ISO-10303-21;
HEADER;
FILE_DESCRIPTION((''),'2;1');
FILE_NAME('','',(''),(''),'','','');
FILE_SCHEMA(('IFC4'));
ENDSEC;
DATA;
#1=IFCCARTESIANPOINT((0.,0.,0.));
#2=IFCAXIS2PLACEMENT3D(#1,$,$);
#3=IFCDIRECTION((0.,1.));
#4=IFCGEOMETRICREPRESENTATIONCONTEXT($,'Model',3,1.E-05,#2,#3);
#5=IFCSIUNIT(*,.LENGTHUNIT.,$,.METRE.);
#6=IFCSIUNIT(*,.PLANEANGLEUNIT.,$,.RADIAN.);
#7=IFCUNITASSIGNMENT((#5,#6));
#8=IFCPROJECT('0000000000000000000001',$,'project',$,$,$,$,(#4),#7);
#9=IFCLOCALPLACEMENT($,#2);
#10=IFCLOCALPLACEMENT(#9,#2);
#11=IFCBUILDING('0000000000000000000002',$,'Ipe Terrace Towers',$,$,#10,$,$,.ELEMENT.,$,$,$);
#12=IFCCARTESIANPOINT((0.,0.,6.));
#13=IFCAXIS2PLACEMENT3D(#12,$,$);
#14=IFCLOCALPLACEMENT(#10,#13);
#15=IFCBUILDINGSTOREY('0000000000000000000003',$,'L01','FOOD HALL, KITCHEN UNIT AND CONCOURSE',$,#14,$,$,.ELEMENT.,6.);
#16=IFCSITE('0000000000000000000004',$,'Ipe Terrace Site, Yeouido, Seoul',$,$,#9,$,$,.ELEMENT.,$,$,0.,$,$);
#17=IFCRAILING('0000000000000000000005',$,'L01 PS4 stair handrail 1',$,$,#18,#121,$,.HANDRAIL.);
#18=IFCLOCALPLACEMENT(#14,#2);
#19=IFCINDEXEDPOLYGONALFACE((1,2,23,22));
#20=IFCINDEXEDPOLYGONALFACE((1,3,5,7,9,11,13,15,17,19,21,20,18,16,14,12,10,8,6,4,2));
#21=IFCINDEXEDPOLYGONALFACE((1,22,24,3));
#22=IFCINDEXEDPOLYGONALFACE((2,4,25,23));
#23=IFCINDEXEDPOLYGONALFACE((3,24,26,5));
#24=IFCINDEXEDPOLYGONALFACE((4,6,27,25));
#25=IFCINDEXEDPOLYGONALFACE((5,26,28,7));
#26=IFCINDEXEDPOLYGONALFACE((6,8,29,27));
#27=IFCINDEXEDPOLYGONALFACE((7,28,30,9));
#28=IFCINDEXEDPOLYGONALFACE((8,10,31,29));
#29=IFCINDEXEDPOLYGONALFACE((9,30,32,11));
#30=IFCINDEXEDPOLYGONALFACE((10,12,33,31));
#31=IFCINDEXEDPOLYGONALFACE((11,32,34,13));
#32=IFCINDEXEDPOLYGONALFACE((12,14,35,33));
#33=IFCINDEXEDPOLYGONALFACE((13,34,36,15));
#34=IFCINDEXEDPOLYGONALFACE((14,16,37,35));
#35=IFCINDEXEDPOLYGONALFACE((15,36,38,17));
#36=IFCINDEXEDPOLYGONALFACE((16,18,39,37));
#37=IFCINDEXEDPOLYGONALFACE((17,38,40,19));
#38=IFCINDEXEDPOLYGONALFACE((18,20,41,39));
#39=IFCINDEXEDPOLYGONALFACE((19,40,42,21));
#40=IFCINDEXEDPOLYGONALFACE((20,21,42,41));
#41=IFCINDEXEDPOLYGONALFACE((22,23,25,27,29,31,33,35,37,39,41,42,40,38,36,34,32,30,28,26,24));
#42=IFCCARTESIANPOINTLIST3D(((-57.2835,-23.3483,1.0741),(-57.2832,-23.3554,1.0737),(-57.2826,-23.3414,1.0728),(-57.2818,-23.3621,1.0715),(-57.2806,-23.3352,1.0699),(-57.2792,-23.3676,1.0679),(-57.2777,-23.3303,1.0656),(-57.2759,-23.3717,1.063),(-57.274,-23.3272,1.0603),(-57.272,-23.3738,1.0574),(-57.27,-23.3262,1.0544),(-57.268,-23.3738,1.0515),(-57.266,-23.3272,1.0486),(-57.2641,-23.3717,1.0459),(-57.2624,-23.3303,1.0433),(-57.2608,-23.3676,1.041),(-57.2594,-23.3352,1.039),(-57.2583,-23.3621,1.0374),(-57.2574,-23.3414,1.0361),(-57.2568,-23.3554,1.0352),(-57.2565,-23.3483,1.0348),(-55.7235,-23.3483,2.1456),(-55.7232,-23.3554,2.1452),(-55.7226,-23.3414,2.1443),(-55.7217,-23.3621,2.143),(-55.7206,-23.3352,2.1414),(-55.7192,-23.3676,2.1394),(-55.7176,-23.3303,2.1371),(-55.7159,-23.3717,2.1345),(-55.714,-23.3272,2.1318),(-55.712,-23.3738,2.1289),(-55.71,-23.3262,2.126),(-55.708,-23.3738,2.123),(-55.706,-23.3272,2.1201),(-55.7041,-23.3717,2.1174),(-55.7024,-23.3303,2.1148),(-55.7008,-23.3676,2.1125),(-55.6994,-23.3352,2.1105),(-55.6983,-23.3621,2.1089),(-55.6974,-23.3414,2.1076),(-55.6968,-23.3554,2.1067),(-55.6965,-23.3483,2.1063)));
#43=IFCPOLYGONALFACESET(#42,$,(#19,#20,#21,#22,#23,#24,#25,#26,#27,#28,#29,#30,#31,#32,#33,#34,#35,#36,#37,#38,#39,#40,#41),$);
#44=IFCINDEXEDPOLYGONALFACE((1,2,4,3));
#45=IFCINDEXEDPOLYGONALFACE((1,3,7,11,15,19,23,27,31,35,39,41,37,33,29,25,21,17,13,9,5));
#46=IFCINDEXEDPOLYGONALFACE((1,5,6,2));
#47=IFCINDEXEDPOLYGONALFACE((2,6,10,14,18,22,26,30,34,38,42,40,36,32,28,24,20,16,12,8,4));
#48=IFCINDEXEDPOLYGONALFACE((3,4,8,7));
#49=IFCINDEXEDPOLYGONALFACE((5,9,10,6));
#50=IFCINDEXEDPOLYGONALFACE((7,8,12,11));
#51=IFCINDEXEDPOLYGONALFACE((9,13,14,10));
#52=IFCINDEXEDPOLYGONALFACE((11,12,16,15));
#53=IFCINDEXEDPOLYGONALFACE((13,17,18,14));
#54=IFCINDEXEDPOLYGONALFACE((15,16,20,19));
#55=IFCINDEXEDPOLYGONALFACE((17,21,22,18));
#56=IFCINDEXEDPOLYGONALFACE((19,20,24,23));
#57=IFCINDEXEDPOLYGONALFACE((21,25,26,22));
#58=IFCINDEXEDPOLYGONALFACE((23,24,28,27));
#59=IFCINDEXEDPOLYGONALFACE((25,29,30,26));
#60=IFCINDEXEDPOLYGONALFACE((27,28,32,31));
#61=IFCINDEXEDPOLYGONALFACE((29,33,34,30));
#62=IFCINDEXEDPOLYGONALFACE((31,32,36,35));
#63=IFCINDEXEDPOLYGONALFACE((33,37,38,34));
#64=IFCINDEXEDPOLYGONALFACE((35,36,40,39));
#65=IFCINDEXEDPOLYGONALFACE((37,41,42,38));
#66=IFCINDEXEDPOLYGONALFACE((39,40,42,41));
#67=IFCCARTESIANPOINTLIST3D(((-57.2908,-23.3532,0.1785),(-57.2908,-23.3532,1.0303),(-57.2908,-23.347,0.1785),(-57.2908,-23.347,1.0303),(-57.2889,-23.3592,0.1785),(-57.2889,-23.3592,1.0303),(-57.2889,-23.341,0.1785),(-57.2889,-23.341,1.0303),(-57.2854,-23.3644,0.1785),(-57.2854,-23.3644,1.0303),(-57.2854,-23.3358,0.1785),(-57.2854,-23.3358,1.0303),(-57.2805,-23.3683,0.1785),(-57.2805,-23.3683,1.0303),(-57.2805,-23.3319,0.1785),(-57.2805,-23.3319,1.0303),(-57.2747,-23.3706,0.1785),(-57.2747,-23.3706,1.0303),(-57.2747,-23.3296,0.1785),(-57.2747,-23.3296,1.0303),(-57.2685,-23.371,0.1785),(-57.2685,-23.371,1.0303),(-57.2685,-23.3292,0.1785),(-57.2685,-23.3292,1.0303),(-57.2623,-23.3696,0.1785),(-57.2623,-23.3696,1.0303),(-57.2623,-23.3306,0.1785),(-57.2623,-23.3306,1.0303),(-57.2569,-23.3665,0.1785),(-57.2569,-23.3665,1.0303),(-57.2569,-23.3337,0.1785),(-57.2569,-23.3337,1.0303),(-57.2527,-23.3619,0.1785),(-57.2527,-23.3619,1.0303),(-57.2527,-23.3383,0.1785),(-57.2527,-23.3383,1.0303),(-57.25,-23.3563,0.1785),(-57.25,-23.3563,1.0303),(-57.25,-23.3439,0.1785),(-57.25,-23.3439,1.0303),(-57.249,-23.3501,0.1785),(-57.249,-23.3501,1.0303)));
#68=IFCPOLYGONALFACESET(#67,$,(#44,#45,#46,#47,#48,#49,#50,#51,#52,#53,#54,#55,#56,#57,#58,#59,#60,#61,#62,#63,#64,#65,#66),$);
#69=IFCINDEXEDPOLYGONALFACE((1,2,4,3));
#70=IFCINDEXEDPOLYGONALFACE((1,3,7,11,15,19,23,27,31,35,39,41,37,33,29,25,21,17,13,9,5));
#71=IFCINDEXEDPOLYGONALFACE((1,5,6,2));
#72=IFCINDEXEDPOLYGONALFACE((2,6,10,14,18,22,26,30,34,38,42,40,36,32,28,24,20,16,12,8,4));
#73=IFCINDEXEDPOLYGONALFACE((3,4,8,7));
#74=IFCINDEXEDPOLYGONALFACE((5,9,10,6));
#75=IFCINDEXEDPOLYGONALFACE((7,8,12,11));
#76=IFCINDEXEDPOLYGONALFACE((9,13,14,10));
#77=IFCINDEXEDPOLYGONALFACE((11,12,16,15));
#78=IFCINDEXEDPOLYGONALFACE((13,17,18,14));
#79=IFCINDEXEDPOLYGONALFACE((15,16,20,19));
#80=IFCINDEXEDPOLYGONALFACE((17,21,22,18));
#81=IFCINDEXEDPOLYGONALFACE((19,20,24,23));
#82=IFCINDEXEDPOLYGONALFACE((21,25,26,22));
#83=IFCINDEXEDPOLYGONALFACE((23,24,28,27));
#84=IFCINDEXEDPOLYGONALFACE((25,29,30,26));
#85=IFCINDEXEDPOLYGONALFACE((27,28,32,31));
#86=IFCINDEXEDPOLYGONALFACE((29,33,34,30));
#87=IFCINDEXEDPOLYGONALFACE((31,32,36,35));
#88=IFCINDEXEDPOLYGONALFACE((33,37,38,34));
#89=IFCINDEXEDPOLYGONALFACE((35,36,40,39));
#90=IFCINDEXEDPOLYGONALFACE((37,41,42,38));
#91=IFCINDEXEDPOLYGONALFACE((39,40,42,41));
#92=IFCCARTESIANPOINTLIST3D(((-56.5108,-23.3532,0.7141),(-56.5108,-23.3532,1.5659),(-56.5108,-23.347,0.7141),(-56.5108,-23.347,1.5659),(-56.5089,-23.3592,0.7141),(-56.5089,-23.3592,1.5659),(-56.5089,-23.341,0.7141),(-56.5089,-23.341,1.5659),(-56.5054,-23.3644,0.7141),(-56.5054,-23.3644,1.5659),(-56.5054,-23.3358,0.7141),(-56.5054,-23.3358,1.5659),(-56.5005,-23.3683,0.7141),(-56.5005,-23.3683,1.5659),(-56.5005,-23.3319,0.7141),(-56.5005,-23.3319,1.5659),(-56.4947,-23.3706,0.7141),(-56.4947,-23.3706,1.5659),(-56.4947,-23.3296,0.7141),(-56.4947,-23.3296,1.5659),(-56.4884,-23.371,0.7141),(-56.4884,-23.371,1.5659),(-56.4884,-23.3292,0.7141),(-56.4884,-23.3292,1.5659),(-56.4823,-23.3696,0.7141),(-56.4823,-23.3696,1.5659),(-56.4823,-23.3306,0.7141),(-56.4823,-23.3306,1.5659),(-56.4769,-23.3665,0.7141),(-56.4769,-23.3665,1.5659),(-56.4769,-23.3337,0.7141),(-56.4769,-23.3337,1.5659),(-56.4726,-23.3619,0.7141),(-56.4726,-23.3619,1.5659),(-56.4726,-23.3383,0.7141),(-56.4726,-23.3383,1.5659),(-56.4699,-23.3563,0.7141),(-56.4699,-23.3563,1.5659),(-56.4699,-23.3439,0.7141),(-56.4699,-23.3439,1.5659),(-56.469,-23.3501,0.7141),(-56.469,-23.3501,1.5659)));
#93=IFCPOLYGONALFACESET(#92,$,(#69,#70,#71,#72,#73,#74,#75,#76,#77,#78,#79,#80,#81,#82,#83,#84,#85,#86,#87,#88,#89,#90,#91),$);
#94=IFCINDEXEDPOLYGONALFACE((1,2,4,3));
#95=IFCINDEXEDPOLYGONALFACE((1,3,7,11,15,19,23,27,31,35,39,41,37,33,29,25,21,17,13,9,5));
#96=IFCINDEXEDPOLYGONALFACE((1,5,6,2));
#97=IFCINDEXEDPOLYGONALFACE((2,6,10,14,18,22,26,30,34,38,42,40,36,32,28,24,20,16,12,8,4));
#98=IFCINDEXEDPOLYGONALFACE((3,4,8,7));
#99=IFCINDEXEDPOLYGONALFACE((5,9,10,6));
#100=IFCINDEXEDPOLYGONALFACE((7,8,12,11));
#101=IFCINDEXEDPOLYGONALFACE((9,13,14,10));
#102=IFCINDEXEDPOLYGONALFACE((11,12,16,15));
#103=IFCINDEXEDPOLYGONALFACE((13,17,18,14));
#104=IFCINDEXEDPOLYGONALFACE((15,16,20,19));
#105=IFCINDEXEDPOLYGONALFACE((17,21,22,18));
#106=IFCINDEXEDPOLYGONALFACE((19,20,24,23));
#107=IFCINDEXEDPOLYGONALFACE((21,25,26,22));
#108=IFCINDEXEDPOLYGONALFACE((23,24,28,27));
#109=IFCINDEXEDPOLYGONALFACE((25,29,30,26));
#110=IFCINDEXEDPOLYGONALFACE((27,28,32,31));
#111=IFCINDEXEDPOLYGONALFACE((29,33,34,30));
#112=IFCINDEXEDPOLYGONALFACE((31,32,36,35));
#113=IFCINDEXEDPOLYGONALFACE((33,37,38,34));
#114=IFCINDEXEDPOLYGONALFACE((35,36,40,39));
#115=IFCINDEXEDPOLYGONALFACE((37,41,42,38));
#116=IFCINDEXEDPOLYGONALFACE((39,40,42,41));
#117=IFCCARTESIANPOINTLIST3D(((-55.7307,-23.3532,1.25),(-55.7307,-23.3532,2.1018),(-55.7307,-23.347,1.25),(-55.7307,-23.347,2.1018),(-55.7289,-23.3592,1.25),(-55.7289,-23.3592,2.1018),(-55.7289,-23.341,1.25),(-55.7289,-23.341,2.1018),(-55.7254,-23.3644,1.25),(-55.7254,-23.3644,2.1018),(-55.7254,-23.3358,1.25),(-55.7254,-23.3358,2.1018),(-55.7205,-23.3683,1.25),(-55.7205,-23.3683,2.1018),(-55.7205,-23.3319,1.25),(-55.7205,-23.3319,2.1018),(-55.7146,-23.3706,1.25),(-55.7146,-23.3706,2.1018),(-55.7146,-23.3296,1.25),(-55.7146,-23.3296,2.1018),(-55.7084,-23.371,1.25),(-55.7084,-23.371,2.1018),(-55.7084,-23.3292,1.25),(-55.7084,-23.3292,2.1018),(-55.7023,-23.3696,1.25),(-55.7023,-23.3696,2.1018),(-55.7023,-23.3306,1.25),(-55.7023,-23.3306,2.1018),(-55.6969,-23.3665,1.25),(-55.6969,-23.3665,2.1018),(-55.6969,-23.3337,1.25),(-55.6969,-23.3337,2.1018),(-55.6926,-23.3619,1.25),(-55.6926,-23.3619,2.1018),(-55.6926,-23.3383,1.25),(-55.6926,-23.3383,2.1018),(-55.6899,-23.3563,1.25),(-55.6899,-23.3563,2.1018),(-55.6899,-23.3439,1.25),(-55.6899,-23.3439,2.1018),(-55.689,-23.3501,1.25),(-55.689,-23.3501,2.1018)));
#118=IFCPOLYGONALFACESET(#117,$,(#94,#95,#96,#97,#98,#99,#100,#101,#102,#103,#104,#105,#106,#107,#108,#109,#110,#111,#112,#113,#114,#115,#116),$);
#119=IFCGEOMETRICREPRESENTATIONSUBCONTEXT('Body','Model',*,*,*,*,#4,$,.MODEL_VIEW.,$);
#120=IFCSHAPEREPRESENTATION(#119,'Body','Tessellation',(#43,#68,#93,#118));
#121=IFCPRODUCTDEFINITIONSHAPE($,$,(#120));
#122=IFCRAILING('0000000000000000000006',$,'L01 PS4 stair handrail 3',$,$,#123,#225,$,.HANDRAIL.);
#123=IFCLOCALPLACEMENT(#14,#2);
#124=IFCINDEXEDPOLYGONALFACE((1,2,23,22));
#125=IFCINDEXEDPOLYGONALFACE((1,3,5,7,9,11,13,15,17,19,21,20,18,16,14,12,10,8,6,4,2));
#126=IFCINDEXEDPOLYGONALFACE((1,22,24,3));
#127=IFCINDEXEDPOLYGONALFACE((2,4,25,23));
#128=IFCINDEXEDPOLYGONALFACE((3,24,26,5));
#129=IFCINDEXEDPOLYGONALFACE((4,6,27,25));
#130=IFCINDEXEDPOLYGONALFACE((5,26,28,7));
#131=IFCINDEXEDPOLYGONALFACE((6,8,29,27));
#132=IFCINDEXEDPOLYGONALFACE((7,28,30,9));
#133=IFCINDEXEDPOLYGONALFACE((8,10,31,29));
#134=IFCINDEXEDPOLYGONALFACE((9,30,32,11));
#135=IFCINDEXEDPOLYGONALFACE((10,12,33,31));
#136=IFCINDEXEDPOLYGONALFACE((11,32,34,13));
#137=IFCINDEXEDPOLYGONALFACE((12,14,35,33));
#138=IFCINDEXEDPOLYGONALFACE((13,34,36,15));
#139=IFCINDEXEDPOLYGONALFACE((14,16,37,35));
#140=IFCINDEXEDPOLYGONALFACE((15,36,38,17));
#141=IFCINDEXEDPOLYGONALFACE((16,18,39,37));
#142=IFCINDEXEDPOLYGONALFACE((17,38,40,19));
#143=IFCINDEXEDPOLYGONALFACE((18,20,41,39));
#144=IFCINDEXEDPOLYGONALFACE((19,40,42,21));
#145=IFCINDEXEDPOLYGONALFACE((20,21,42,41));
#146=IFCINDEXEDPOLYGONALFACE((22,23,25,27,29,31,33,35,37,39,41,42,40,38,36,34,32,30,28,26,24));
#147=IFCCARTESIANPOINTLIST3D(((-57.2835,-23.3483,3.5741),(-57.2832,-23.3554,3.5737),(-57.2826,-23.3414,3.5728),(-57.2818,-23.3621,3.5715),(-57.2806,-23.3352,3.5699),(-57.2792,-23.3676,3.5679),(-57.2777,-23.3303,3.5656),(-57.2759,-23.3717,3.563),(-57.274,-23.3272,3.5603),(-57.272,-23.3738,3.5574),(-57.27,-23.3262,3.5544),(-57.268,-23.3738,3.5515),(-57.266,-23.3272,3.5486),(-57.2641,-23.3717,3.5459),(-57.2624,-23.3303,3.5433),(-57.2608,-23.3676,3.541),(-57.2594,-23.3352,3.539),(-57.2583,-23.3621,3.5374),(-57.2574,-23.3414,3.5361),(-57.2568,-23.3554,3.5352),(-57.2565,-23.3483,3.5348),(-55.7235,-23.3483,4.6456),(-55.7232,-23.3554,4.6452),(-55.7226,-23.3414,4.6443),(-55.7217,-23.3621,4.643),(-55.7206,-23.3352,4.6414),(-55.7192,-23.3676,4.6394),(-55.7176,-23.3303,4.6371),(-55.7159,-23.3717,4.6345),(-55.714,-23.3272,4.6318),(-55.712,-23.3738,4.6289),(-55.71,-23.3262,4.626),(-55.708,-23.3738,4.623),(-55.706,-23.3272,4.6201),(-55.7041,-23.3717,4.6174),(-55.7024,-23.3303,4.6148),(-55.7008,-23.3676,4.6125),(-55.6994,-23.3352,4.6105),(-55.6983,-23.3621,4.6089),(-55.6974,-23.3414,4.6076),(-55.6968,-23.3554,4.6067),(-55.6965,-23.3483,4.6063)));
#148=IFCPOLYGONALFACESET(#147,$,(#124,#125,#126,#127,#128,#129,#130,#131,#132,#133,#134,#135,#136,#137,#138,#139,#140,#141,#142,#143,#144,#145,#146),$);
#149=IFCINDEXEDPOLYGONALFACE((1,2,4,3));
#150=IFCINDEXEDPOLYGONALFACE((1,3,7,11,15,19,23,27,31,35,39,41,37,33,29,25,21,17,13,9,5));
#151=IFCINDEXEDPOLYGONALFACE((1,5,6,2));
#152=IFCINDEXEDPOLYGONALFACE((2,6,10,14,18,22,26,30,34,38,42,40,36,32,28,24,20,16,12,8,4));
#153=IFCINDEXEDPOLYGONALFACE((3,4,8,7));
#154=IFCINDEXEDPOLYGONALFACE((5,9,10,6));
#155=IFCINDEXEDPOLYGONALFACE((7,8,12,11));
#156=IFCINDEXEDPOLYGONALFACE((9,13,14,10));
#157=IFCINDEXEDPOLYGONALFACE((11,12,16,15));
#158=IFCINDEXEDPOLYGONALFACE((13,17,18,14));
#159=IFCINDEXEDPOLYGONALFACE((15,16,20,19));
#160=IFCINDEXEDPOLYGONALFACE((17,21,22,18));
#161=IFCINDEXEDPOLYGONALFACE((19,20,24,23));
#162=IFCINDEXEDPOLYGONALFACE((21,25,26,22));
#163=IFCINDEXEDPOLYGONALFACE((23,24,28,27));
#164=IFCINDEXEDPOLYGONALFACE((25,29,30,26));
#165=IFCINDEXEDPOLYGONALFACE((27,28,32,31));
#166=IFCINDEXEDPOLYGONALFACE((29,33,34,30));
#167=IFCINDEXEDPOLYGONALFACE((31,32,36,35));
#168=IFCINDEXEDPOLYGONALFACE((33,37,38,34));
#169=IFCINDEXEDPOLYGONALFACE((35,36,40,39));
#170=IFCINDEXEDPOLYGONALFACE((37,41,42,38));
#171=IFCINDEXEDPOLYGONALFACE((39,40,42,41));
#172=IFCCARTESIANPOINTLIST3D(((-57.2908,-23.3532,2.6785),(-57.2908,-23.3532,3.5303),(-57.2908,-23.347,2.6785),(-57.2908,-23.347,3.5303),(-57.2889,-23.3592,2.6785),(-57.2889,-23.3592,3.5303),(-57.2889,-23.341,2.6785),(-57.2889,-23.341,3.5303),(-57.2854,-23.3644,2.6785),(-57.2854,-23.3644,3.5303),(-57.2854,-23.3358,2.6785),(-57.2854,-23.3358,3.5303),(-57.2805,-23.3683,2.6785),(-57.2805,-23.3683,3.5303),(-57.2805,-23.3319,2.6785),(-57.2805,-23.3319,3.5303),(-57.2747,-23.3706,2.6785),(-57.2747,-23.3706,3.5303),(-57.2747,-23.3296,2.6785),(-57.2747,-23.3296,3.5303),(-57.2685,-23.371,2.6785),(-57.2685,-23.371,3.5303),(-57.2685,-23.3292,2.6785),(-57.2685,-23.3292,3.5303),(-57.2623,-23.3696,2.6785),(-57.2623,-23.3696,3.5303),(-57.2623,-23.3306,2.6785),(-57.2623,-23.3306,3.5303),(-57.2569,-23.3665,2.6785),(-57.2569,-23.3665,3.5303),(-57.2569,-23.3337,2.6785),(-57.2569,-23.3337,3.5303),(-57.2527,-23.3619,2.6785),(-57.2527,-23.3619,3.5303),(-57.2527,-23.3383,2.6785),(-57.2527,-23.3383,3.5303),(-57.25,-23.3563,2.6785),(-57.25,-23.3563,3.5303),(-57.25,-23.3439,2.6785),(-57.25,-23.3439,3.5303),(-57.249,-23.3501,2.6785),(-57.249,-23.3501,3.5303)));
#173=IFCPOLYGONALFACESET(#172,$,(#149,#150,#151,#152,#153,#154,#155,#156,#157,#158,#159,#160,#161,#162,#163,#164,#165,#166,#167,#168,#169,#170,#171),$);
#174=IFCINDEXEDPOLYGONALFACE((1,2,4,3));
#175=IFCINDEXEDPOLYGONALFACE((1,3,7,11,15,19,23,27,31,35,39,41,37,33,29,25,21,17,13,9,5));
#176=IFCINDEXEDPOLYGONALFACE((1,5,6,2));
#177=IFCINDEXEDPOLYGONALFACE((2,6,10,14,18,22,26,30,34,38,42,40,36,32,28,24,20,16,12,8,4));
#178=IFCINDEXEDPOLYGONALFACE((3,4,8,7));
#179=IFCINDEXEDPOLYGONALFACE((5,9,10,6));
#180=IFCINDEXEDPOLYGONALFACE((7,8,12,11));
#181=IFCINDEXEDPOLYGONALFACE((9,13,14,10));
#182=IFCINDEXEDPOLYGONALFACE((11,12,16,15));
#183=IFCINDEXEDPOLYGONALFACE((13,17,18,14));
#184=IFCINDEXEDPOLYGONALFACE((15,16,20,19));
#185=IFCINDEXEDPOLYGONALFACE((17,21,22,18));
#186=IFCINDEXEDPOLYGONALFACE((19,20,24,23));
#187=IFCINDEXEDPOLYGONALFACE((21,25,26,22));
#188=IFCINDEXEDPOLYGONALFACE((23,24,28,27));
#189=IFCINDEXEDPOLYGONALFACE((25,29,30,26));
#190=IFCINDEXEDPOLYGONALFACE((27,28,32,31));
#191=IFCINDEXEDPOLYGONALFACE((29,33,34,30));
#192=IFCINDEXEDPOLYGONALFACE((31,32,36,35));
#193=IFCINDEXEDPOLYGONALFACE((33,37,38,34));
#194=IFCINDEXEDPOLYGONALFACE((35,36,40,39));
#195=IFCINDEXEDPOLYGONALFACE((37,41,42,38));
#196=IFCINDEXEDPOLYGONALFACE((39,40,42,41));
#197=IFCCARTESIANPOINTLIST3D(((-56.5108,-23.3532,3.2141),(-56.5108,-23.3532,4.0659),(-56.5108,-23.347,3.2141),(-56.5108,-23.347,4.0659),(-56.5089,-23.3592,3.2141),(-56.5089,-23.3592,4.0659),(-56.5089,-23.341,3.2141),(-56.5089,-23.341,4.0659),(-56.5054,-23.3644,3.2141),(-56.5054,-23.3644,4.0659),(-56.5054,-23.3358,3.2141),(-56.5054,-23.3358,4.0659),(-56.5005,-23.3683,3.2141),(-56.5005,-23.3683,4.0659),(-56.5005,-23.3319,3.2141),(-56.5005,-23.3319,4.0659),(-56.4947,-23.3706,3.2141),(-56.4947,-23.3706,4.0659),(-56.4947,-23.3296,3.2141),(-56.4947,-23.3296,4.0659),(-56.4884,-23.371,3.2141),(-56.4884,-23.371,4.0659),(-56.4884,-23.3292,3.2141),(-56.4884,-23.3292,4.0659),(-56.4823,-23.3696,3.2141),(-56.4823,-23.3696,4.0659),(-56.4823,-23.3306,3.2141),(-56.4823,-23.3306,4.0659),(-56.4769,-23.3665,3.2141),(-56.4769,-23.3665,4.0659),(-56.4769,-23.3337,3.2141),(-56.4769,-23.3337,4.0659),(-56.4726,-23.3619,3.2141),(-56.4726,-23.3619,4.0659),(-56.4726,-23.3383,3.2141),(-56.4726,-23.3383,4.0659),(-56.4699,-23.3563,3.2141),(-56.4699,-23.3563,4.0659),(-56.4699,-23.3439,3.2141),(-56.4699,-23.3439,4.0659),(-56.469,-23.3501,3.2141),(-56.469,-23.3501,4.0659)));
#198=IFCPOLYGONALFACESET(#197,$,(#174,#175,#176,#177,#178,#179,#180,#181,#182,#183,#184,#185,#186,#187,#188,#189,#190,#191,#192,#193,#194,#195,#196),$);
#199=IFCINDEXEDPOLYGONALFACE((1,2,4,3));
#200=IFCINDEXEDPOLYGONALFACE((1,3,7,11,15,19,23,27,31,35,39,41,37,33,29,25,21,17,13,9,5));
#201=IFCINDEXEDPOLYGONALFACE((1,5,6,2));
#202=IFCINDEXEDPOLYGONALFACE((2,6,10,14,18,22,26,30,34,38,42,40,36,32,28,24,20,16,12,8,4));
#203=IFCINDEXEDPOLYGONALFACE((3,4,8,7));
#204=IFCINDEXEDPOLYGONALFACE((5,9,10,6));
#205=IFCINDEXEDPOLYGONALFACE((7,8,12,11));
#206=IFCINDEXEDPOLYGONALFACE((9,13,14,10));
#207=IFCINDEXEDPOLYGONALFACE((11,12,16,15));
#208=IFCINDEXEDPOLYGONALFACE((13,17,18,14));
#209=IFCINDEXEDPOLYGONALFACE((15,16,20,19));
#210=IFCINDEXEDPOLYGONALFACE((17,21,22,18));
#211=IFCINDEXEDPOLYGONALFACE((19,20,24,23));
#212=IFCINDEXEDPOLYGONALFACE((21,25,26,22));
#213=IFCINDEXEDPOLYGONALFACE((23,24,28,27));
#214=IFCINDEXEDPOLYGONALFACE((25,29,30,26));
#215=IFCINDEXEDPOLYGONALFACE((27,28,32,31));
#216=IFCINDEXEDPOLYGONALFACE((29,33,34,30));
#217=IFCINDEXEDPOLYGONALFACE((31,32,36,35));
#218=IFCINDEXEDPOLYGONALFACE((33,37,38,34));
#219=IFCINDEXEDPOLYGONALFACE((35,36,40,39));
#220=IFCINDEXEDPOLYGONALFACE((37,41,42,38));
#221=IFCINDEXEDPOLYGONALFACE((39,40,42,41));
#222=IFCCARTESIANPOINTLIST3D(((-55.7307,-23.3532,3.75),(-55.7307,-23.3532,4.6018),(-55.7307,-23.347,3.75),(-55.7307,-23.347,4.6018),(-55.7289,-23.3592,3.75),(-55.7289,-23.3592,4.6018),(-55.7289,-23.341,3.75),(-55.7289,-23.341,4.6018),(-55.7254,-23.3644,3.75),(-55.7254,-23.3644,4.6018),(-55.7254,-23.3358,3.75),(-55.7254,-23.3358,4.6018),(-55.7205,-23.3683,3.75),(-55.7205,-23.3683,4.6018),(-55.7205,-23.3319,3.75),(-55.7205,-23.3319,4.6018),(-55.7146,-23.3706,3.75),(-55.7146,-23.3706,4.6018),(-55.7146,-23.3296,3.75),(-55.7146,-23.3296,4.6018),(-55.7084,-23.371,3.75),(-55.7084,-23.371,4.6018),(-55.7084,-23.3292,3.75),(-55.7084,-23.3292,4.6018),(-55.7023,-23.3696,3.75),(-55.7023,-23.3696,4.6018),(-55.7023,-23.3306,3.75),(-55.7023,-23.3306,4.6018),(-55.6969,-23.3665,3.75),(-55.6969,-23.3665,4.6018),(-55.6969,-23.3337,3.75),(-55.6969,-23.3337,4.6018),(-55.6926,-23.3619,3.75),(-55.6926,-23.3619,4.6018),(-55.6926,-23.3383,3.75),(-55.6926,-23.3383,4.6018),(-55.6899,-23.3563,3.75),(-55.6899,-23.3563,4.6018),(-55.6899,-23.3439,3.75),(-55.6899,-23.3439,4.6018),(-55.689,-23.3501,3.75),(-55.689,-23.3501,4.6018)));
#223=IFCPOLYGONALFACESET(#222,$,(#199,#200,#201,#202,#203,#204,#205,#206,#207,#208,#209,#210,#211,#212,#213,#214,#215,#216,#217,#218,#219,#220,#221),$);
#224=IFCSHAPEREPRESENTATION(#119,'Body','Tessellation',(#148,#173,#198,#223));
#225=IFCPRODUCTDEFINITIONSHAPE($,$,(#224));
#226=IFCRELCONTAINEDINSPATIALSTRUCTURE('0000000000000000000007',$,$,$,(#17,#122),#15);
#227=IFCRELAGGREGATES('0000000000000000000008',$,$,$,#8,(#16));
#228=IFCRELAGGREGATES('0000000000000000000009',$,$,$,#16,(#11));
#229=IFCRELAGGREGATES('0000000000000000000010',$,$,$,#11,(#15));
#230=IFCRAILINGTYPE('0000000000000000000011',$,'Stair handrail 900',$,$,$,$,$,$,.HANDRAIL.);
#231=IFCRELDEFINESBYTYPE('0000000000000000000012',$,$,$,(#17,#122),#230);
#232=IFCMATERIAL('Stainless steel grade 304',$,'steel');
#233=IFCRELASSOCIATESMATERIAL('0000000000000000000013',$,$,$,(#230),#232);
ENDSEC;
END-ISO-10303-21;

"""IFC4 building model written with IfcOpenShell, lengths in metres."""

from ifc_helpers import new_model, si_unit, direction, frame, origin, origin_2d, place, context, subcontext, project, spatial, circle, extrude, material, type_object, element, save


model = new_model("IFC4")

# Units and contexts
model_context = context("Model", 3, precision=1e-05, world=origin(), true_north=direction((0.0, 1.0)))
body_context = subcontext(model_context, "Body", "Model", "MODEL_VIEW")
ifc_project = project(units=[si_unit("LENGTHUNIT", "METRE"), si_unit("PLANEANGLEUNIT", "RADIAN")], contexts=[model_context])

# Site, building, storey
site_placement = place(None, origin())
site = spatial("IfcSite", under=ifc_project, at=site_placement, Name="Ipe Terrace Site, Yeouido, Seoul", CompositionType="ELEMENT", RefElevation=0.0)
building_placement = place(site_placement, origin())
building = spatial("IfcBuilding", under=site, at=building_placement, Name="Ipe Terrace Towers", CompositionType="ELEMENT")
storey_placement = place(building_placement, frame((0.0, 0.0, 6.0)))
storey = spatial("IfcBuildingStorey", under=building, at=storey_placement, Name="L01", Description="FOOD HALL, KITCHEN UNIT AND CONCOURSE", CompositionType="ELEMENT", Elevation=6.0)

# Railings
ifc_material_1 = material(Name="Stainless steel grade 304", Category="steel")
railing_type_1 = type_object("IfcRailingType", Name="Stair handrail 900", PredefinedType="HANDRAIL", material=ifc_material_1)
for number, where, name in (
    (1, (-57.27, -23.3501, 0.1785), "L01 PS4 stair handrail 1"),
    (2, (-57.27, -23.3501, 2.6785), "L01 PS4 stair handrail 3"),
):
    element("IfcRailing", number, at=place(storey_placement, frame(where)), inside=storey, type_object=railing_type_1, Name=name, PredefinedType="HANDRAIL", context=body_context, shape_type="SweptSolid", body=[
        extrude(circle(Radius=0.0239, at=origin_2d()), frame((0.0, 0.0, 0.876), z_axis=(0.82429, 0.0, 0.566167), x_axis=(0.0, 1.0, 0.0)), (0.0, 0.0, 1.0), 1.8926),
        extrude(circle(Radius=0.021, at=origin_2d()), origin(), (0.0, 0.0, 1.0), 0.8518),
        extrude(circle(Radius=0.021, at=origin_2d()), frame((0.78, 0.0, 0.5356)), (0.0, 0.0, 1.0), 0.8518),
        extrude(circle(Radius=0.021, at=origin_2d()), frame((1.5601, 0.0, 1.0715)), (0.0, 0.0, 1.0), 0.8518),
    ])

save(model, "model.ifc")
